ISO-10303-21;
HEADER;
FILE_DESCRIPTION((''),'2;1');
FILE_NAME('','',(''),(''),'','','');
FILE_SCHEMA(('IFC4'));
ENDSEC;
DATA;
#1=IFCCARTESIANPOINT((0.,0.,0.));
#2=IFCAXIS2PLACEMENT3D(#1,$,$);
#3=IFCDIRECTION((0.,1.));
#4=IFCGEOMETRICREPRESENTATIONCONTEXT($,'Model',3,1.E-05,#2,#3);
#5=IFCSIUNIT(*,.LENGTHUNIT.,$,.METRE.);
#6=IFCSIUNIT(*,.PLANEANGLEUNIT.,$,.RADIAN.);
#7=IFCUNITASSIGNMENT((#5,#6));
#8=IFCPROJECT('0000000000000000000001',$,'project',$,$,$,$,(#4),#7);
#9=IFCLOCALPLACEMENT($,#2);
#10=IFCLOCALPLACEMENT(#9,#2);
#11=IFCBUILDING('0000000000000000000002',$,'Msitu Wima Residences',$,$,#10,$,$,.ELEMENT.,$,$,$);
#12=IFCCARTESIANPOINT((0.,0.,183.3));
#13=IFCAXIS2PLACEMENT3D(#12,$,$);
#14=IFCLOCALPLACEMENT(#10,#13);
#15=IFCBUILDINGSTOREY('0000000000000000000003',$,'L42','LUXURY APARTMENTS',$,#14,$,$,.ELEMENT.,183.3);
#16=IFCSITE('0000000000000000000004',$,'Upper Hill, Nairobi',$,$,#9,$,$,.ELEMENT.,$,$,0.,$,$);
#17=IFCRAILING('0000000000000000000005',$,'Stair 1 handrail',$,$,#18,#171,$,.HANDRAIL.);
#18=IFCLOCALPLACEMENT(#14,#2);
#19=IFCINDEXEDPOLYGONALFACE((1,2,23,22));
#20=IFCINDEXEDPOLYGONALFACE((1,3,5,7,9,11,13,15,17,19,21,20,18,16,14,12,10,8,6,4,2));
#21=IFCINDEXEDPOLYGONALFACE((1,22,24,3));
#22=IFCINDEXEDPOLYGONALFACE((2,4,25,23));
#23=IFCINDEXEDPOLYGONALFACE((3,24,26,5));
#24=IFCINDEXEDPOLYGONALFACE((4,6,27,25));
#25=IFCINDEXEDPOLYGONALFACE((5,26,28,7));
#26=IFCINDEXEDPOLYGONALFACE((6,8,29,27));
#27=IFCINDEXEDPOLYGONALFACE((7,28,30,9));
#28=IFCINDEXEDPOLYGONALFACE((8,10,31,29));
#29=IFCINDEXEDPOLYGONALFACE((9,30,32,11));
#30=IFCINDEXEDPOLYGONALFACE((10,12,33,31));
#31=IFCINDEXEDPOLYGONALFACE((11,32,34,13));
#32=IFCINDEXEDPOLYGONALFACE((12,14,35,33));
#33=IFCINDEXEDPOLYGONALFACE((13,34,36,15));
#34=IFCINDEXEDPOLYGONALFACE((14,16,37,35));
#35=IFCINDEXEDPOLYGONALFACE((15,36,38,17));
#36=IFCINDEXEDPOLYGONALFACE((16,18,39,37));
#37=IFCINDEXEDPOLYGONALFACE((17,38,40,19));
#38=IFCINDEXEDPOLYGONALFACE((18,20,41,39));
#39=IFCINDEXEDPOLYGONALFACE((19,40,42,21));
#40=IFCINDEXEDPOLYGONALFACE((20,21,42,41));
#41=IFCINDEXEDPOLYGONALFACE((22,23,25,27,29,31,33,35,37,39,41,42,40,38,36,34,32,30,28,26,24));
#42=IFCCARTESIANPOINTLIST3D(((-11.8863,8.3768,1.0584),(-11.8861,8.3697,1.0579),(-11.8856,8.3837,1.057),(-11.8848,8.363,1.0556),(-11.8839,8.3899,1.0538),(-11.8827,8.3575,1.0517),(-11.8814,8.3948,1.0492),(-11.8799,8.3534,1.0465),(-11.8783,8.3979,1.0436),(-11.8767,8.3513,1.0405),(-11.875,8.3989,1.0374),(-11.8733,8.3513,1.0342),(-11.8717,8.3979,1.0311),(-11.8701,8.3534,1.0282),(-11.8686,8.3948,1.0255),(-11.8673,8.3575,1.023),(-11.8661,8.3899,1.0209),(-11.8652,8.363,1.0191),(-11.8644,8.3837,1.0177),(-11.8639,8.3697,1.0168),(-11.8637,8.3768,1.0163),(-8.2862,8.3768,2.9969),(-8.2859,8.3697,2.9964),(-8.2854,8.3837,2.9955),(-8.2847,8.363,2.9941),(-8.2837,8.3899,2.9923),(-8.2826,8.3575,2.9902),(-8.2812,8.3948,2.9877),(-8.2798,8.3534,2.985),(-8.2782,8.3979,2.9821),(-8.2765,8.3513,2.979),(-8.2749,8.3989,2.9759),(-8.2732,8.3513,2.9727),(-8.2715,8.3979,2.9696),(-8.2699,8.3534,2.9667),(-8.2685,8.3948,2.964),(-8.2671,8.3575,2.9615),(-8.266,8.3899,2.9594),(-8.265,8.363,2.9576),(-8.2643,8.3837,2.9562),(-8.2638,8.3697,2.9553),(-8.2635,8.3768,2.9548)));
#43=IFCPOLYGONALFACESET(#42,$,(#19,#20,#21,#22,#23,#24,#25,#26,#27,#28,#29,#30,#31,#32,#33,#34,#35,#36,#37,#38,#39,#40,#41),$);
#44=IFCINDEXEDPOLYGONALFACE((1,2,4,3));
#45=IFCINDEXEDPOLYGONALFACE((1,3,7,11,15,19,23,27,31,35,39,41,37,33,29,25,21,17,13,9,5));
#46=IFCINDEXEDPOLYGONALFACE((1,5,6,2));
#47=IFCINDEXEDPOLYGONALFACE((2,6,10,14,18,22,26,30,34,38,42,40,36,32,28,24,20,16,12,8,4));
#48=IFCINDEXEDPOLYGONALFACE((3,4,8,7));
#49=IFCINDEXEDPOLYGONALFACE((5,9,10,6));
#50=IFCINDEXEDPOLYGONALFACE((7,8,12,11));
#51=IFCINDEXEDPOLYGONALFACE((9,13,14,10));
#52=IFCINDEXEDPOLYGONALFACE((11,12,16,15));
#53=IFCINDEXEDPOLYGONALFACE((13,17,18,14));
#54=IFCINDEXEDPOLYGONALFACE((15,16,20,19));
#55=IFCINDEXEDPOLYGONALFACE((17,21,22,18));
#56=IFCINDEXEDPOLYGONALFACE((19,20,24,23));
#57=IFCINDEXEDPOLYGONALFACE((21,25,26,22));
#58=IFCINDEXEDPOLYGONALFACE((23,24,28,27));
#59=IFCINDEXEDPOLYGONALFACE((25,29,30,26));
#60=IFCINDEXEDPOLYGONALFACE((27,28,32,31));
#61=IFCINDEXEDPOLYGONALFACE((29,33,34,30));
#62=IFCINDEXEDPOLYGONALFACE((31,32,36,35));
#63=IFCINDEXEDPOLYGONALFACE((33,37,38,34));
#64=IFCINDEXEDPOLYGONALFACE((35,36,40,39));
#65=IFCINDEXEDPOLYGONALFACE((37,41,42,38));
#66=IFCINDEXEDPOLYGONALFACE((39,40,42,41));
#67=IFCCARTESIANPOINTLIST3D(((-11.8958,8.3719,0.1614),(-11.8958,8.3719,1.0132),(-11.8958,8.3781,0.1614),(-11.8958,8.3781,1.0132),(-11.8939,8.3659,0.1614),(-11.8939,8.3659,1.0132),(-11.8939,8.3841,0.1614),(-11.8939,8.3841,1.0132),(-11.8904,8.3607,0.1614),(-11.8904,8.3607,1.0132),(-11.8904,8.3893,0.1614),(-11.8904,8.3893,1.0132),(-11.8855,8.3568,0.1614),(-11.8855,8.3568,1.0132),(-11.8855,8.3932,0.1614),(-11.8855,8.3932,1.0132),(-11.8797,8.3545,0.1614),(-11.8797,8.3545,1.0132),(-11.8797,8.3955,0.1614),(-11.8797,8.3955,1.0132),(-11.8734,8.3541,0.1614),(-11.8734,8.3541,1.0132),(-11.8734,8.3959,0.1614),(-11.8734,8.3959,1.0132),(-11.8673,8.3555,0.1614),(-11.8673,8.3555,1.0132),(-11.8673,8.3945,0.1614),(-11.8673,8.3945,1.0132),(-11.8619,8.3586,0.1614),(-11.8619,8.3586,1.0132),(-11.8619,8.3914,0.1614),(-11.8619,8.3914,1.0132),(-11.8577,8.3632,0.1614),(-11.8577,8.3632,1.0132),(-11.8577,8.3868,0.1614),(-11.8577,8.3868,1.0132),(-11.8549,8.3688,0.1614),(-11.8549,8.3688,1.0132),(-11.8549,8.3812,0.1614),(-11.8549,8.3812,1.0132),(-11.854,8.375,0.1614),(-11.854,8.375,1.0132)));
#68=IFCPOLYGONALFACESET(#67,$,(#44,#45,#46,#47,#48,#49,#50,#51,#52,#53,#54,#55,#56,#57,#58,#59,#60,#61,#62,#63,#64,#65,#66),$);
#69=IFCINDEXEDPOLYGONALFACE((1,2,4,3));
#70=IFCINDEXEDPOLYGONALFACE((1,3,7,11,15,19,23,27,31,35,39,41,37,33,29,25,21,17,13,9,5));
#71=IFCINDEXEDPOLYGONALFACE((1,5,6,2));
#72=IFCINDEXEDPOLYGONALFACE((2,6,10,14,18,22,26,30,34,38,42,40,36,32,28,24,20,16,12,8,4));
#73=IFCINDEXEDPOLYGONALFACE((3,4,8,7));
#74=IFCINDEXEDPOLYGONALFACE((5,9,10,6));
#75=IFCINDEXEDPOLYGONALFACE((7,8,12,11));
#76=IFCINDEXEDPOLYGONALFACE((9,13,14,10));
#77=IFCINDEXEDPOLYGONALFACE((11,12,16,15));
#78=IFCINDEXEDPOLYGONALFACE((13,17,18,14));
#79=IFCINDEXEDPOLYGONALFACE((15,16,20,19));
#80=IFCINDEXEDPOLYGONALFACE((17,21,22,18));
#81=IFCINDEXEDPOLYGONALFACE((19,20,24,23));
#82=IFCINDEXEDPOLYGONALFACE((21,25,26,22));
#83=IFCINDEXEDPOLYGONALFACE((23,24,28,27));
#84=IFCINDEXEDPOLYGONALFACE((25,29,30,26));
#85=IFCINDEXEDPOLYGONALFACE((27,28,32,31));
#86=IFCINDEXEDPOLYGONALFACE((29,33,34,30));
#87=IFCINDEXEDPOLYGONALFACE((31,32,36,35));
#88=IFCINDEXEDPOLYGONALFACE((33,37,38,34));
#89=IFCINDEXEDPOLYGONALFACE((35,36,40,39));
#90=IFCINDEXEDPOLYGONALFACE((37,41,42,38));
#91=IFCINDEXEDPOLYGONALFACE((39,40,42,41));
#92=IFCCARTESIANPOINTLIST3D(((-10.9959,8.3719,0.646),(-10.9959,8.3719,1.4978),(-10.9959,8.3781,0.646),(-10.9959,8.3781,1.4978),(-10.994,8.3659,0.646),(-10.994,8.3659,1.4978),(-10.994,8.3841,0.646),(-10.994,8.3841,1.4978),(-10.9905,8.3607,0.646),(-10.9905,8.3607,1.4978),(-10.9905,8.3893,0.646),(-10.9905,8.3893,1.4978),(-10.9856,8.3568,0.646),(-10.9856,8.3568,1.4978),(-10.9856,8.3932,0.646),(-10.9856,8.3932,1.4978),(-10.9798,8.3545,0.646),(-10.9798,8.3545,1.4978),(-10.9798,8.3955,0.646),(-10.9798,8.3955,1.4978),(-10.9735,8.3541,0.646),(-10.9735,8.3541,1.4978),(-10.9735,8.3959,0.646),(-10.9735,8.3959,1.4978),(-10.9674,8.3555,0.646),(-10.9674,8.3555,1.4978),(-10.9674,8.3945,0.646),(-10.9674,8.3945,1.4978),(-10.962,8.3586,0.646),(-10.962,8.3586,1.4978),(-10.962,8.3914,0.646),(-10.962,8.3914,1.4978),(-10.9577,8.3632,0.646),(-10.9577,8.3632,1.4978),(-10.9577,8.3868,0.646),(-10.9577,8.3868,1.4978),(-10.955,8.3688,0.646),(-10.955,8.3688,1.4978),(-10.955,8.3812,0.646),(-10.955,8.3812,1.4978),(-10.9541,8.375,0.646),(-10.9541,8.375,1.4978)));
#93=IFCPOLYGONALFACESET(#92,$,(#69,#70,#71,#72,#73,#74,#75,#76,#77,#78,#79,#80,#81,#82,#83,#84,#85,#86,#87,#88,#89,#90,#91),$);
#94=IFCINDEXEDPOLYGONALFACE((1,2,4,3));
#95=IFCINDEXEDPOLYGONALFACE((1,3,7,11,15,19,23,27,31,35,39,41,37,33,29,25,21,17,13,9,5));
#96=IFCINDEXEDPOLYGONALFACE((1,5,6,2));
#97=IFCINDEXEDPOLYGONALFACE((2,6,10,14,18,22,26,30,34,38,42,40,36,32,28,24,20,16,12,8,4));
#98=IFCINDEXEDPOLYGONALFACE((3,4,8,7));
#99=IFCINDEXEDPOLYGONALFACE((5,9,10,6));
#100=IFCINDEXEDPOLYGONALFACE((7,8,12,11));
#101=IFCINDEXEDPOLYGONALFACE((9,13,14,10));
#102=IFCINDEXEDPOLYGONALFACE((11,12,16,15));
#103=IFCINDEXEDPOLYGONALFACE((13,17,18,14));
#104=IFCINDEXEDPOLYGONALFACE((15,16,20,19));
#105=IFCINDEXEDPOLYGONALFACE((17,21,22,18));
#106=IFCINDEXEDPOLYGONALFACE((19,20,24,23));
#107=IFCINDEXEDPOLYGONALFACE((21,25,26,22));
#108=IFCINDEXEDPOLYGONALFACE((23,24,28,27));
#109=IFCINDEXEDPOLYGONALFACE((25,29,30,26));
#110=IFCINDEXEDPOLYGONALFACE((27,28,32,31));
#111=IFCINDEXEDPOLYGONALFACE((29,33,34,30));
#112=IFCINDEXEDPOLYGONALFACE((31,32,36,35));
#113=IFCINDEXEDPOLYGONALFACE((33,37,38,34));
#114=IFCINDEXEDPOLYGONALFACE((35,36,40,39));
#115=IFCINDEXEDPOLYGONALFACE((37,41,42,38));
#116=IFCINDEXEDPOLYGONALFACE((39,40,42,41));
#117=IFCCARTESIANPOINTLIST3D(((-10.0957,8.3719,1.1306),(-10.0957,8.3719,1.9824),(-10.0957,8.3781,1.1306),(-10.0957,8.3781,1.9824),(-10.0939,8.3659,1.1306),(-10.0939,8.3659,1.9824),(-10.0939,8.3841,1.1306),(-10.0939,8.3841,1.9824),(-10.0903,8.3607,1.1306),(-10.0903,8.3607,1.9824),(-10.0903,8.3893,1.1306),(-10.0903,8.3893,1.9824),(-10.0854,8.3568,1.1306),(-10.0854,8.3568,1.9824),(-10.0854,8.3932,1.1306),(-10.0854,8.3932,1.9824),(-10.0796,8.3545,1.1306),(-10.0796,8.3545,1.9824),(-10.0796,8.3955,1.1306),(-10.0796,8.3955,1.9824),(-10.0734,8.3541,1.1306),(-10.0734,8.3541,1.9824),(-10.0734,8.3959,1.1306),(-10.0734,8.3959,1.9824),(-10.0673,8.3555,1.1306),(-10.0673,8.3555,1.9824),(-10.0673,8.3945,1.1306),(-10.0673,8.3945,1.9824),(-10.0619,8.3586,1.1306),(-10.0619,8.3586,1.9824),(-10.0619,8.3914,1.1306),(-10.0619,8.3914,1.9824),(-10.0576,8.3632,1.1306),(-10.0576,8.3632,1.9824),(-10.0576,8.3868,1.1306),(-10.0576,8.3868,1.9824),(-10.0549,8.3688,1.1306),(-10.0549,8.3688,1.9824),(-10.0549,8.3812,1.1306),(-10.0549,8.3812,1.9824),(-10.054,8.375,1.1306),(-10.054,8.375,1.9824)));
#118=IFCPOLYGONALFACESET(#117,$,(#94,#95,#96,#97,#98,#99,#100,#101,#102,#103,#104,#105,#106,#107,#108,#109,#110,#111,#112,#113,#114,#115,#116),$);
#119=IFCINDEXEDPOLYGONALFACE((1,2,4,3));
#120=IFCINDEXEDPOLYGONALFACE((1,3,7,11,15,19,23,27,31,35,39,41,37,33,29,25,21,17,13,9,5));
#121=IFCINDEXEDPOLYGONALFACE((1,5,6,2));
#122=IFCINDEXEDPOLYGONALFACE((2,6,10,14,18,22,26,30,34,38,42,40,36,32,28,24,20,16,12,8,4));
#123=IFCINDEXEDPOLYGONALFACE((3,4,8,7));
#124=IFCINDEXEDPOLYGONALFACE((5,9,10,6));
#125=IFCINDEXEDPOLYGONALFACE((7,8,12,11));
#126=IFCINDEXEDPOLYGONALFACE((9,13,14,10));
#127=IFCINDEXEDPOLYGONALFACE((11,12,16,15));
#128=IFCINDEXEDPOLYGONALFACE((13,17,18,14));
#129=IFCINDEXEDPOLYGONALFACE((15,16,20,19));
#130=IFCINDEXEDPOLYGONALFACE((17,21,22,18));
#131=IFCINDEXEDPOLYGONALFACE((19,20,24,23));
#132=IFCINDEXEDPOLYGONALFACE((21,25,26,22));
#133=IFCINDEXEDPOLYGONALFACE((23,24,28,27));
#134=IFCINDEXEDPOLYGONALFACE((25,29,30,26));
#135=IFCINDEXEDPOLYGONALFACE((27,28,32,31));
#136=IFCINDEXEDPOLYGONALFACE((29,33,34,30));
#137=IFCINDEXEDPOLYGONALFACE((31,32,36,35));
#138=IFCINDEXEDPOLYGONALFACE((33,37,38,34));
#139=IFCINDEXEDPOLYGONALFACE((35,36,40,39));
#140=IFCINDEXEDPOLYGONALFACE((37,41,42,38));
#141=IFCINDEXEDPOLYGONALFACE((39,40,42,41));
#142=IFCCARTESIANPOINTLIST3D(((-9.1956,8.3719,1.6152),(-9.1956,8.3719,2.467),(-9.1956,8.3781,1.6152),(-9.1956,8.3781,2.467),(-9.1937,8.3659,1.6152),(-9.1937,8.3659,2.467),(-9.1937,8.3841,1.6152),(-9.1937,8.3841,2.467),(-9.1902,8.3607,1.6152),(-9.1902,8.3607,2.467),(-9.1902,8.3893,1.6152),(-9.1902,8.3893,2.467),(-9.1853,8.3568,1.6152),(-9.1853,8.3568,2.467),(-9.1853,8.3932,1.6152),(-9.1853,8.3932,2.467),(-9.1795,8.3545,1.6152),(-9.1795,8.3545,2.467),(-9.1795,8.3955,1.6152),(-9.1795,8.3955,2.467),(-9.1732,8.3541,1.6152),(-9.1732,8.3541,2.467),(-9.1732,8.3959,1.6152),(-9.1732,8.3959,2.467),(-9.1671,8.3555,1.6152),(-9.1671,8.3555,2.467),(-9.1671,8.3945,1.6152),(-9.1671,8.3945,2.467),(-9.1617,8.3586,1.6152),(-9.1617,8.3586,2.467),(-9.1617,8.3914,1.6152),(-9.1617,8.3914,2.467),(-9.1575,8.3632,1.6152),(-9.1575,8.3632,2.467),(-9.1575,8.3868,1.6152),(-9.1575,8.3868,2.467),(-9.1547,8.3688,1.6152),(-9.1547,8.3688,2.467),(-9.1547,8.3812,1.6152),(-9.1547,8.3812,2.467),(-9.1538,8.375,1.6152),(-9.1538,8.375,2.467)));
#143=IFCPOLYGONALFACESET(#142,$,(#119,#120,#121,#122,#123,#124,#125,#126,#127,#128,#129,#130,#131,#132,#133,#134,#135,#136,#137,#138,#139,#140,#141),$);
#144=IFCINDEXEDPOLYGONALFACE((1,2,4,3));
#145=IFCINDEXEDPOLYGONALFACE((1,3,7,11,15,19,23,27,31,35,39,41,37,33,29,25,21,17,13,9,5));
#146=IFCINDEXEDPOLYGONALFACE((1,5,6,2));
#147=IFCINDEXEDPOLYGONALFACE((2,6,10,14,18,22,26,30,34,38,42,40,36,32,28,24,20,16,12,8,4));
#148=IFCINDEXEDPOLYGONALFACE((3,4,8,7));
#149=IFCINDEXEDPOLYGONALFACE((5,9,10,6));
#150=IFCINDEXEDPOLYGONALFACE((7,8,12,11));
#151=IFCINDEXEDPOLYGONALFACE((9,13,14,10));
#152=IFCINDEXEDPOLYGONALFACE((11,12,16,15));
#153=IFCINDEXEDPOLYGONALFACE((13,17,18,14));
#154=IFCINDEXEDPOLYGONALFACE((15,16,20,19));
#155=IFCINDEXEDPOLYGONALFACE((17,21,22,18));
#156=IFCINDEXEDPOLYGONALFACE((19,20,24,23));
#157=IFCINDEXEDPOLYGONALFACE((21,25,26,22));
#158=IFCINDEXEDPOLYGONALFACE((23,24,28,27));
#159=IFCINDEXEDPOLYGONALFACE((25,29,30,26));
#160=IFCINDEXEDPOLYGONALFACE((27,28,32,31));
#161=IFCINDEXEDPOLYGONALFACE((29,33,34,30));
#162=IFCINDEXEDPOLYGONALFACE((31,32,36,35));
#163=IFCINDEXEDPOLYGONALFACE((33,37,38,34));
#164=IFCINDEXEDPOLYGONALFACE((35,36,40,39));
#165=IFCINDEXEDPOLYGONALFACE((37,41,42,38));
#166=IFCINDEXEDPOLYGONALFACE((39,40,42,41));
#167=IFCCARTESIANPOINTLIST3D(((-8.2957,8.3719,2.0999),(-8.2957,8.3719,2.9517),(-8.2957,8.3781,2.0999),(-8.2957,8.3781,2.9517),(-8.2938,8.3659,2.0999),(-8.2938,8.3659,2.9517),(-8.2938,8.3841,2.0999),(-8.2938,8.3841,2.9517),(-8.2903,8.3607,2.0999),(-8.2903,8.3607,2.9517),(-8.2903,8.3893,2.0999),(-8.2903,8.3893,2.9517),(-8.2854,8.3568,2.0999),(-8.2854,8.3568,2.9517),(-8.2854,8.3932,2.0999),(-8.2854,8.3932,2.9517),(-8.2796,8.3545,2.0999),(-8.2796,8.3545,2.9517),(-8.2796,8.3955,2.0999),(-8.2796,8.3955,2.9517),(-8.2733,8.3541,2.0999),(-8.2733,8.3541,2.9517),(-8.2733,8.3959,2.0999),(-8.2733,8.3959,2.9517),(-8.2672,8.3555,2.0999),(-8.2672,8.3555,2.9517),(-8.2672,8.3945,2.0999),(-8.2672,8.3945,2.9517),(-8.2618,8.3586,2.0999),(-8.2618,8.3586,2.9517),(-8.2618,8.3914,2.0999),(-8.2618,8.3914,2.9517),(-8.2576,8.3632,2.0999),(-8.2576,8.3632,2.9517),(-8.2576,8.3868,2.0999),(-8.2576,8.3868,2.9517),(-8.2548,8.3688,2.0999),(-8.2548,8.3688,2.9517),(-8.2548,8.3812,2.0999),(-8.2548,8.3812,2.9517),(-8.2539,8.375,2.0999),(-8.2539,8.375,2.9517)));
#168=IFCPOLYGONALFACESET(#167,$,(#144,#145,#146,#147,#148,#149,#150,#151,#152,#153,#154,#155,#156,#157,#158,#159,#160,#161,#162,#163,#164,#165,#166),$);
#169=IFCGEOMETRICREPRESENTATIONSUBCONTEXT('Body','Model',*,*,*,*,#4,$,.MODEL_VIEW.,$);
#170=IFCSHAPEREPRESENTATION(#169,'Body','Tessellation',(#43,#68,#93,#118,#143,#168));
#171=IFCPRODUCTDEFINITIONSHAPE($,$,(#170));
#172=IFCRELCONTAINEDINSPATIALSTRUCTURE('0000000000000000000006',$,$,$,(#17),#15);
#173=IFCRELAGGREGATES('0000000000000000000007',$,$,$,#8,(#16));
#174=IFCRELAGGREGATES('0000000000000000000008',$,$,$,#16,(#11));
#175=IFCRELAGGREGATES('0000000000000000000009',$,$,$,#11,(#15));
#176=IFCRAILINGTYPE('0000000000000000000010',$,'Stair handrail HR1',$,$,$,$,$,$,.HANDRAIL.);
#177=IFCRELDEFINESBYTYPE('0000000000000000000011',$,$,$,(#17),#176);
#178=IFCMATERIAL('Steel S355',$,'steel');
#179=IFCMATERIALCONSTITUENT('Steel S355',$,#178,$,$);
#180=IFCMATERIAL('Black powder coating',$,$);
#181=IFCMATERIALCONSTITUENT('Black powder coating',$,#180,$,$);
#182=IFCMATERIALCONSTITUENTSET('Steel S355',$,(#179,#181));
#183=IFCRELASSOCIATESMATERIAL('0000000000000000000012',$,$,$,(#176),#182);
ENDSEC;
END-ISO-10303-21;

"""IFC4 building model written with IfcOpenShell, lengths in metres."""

from ifc_helpers import new_model, si_unit, direction, frame, origin, origin_2d, place, context, subcontext, project, spatial, circle, extrude, material, constituent, constituent_set, type_object, element, save


model = new_model("IFC4")

# Units and contexts
model_context = context("Model", 3, precision=1e-05, world=origin(), true_north=direction((0.0, 1.0)))
body_context = subcontext(model_context, "Body", "Model", "MODEL_VIEW")
ifc_project = project(units=[si_unit("LENGTHUNIT", "METRE"), si_unit("PLANEANGLEUNIT", "RADIAN")], contexts=[model_context])

# Site, building, storey
site_placement = place(None, origin())
site = spatial("IfcSite", under=ifc_project, at=site_placement, Name="Upper Hill, Nairobi", CompositionType="ELEMENT", RefElevation=0.0)
building_placement = place(site_placement, origin())
building = spatial("IfcBuilding", under=site, at=building_placement, Name="Msitu Wima Residences", CompositionType="ELEMENT")
storey_placement = place(building_placement, frame((0.0, 0.0, 183.3)))
storey = spatial("IfcBuildingStorey", under=building, at=storey_placement, Name="L42", Description="LUXURY APARTMENTS", CompositionType="ELEMENT", Elevation=183.3)

# Railing
ifc_material_1 = material(Name="Steel S355", Category="steel")
ifc_constituent_1 = constituent(ifc_material_1, Name="Steel S355")
ifc_material_2 = material(Name="Black powder coating")
ifc_constituent_2 = constituent(ifc_material_2, Name="Black powder coating")
ifc_constituent_set = constituent_set(constituents=[ifc_constituent_1, ifc_constituent_2], Name="Steel S355")
railing_type = type_object("IfcRailingType", Name="Stair handrail HR1", PredefinedType="HANDRAIL", material=ifc_constituent_set)
for number, where, name in (
    (1, (-11.875, 8.375, 0.1614), "Stair 1 handrail"),
):
    element("IfcRailing", number, at=place(storey_placement, frame(where)), inside=storey, type_object=railing_type, Name=name, PredefinedType="HANDRAIL", context=body_context, shape_type="SweptSolid", body=[
        extrude(circle(Radius=0.0239, at=origin_2d()), frame((0.0, 0.0, 0.876), z_axis=(0.880475, 0.0, 0.474093), x_axis=(0.0, 1.0, 0.0)), (0.0, 0.0, 1.0), 4.0889),
        extrude(circle(Radius=0.021, at=origin_2d()), origin(), (0.0, 0.0, 1.0), 0.8518),
        extrude(circle(Radius=0.021, at=origin_2d()), frame((0.8999, 0.0, 0.4846)), (0.0, 0.0, 1.0), 0.8518),
        extrude(circle(Radius=0.021, at=origin_2d()), frame((1.8, 0.0, 0.9692)), (0.0, 0.0, 1.0), 0.8518),
        extrude(circle(Radius=0.021, at=origin_2d()), frame((2.7002, 0.0, 1.4539)), (0.0, 0.0, 1.0), 0.8518),
        extrude(circle(Radius=0.021, at=origin_2d()), frame((3.6001, 0.0, 1.9385)), (0.0, 0.0, 1.0), 0.8518),
    ])

save(model, "model.ifc")
